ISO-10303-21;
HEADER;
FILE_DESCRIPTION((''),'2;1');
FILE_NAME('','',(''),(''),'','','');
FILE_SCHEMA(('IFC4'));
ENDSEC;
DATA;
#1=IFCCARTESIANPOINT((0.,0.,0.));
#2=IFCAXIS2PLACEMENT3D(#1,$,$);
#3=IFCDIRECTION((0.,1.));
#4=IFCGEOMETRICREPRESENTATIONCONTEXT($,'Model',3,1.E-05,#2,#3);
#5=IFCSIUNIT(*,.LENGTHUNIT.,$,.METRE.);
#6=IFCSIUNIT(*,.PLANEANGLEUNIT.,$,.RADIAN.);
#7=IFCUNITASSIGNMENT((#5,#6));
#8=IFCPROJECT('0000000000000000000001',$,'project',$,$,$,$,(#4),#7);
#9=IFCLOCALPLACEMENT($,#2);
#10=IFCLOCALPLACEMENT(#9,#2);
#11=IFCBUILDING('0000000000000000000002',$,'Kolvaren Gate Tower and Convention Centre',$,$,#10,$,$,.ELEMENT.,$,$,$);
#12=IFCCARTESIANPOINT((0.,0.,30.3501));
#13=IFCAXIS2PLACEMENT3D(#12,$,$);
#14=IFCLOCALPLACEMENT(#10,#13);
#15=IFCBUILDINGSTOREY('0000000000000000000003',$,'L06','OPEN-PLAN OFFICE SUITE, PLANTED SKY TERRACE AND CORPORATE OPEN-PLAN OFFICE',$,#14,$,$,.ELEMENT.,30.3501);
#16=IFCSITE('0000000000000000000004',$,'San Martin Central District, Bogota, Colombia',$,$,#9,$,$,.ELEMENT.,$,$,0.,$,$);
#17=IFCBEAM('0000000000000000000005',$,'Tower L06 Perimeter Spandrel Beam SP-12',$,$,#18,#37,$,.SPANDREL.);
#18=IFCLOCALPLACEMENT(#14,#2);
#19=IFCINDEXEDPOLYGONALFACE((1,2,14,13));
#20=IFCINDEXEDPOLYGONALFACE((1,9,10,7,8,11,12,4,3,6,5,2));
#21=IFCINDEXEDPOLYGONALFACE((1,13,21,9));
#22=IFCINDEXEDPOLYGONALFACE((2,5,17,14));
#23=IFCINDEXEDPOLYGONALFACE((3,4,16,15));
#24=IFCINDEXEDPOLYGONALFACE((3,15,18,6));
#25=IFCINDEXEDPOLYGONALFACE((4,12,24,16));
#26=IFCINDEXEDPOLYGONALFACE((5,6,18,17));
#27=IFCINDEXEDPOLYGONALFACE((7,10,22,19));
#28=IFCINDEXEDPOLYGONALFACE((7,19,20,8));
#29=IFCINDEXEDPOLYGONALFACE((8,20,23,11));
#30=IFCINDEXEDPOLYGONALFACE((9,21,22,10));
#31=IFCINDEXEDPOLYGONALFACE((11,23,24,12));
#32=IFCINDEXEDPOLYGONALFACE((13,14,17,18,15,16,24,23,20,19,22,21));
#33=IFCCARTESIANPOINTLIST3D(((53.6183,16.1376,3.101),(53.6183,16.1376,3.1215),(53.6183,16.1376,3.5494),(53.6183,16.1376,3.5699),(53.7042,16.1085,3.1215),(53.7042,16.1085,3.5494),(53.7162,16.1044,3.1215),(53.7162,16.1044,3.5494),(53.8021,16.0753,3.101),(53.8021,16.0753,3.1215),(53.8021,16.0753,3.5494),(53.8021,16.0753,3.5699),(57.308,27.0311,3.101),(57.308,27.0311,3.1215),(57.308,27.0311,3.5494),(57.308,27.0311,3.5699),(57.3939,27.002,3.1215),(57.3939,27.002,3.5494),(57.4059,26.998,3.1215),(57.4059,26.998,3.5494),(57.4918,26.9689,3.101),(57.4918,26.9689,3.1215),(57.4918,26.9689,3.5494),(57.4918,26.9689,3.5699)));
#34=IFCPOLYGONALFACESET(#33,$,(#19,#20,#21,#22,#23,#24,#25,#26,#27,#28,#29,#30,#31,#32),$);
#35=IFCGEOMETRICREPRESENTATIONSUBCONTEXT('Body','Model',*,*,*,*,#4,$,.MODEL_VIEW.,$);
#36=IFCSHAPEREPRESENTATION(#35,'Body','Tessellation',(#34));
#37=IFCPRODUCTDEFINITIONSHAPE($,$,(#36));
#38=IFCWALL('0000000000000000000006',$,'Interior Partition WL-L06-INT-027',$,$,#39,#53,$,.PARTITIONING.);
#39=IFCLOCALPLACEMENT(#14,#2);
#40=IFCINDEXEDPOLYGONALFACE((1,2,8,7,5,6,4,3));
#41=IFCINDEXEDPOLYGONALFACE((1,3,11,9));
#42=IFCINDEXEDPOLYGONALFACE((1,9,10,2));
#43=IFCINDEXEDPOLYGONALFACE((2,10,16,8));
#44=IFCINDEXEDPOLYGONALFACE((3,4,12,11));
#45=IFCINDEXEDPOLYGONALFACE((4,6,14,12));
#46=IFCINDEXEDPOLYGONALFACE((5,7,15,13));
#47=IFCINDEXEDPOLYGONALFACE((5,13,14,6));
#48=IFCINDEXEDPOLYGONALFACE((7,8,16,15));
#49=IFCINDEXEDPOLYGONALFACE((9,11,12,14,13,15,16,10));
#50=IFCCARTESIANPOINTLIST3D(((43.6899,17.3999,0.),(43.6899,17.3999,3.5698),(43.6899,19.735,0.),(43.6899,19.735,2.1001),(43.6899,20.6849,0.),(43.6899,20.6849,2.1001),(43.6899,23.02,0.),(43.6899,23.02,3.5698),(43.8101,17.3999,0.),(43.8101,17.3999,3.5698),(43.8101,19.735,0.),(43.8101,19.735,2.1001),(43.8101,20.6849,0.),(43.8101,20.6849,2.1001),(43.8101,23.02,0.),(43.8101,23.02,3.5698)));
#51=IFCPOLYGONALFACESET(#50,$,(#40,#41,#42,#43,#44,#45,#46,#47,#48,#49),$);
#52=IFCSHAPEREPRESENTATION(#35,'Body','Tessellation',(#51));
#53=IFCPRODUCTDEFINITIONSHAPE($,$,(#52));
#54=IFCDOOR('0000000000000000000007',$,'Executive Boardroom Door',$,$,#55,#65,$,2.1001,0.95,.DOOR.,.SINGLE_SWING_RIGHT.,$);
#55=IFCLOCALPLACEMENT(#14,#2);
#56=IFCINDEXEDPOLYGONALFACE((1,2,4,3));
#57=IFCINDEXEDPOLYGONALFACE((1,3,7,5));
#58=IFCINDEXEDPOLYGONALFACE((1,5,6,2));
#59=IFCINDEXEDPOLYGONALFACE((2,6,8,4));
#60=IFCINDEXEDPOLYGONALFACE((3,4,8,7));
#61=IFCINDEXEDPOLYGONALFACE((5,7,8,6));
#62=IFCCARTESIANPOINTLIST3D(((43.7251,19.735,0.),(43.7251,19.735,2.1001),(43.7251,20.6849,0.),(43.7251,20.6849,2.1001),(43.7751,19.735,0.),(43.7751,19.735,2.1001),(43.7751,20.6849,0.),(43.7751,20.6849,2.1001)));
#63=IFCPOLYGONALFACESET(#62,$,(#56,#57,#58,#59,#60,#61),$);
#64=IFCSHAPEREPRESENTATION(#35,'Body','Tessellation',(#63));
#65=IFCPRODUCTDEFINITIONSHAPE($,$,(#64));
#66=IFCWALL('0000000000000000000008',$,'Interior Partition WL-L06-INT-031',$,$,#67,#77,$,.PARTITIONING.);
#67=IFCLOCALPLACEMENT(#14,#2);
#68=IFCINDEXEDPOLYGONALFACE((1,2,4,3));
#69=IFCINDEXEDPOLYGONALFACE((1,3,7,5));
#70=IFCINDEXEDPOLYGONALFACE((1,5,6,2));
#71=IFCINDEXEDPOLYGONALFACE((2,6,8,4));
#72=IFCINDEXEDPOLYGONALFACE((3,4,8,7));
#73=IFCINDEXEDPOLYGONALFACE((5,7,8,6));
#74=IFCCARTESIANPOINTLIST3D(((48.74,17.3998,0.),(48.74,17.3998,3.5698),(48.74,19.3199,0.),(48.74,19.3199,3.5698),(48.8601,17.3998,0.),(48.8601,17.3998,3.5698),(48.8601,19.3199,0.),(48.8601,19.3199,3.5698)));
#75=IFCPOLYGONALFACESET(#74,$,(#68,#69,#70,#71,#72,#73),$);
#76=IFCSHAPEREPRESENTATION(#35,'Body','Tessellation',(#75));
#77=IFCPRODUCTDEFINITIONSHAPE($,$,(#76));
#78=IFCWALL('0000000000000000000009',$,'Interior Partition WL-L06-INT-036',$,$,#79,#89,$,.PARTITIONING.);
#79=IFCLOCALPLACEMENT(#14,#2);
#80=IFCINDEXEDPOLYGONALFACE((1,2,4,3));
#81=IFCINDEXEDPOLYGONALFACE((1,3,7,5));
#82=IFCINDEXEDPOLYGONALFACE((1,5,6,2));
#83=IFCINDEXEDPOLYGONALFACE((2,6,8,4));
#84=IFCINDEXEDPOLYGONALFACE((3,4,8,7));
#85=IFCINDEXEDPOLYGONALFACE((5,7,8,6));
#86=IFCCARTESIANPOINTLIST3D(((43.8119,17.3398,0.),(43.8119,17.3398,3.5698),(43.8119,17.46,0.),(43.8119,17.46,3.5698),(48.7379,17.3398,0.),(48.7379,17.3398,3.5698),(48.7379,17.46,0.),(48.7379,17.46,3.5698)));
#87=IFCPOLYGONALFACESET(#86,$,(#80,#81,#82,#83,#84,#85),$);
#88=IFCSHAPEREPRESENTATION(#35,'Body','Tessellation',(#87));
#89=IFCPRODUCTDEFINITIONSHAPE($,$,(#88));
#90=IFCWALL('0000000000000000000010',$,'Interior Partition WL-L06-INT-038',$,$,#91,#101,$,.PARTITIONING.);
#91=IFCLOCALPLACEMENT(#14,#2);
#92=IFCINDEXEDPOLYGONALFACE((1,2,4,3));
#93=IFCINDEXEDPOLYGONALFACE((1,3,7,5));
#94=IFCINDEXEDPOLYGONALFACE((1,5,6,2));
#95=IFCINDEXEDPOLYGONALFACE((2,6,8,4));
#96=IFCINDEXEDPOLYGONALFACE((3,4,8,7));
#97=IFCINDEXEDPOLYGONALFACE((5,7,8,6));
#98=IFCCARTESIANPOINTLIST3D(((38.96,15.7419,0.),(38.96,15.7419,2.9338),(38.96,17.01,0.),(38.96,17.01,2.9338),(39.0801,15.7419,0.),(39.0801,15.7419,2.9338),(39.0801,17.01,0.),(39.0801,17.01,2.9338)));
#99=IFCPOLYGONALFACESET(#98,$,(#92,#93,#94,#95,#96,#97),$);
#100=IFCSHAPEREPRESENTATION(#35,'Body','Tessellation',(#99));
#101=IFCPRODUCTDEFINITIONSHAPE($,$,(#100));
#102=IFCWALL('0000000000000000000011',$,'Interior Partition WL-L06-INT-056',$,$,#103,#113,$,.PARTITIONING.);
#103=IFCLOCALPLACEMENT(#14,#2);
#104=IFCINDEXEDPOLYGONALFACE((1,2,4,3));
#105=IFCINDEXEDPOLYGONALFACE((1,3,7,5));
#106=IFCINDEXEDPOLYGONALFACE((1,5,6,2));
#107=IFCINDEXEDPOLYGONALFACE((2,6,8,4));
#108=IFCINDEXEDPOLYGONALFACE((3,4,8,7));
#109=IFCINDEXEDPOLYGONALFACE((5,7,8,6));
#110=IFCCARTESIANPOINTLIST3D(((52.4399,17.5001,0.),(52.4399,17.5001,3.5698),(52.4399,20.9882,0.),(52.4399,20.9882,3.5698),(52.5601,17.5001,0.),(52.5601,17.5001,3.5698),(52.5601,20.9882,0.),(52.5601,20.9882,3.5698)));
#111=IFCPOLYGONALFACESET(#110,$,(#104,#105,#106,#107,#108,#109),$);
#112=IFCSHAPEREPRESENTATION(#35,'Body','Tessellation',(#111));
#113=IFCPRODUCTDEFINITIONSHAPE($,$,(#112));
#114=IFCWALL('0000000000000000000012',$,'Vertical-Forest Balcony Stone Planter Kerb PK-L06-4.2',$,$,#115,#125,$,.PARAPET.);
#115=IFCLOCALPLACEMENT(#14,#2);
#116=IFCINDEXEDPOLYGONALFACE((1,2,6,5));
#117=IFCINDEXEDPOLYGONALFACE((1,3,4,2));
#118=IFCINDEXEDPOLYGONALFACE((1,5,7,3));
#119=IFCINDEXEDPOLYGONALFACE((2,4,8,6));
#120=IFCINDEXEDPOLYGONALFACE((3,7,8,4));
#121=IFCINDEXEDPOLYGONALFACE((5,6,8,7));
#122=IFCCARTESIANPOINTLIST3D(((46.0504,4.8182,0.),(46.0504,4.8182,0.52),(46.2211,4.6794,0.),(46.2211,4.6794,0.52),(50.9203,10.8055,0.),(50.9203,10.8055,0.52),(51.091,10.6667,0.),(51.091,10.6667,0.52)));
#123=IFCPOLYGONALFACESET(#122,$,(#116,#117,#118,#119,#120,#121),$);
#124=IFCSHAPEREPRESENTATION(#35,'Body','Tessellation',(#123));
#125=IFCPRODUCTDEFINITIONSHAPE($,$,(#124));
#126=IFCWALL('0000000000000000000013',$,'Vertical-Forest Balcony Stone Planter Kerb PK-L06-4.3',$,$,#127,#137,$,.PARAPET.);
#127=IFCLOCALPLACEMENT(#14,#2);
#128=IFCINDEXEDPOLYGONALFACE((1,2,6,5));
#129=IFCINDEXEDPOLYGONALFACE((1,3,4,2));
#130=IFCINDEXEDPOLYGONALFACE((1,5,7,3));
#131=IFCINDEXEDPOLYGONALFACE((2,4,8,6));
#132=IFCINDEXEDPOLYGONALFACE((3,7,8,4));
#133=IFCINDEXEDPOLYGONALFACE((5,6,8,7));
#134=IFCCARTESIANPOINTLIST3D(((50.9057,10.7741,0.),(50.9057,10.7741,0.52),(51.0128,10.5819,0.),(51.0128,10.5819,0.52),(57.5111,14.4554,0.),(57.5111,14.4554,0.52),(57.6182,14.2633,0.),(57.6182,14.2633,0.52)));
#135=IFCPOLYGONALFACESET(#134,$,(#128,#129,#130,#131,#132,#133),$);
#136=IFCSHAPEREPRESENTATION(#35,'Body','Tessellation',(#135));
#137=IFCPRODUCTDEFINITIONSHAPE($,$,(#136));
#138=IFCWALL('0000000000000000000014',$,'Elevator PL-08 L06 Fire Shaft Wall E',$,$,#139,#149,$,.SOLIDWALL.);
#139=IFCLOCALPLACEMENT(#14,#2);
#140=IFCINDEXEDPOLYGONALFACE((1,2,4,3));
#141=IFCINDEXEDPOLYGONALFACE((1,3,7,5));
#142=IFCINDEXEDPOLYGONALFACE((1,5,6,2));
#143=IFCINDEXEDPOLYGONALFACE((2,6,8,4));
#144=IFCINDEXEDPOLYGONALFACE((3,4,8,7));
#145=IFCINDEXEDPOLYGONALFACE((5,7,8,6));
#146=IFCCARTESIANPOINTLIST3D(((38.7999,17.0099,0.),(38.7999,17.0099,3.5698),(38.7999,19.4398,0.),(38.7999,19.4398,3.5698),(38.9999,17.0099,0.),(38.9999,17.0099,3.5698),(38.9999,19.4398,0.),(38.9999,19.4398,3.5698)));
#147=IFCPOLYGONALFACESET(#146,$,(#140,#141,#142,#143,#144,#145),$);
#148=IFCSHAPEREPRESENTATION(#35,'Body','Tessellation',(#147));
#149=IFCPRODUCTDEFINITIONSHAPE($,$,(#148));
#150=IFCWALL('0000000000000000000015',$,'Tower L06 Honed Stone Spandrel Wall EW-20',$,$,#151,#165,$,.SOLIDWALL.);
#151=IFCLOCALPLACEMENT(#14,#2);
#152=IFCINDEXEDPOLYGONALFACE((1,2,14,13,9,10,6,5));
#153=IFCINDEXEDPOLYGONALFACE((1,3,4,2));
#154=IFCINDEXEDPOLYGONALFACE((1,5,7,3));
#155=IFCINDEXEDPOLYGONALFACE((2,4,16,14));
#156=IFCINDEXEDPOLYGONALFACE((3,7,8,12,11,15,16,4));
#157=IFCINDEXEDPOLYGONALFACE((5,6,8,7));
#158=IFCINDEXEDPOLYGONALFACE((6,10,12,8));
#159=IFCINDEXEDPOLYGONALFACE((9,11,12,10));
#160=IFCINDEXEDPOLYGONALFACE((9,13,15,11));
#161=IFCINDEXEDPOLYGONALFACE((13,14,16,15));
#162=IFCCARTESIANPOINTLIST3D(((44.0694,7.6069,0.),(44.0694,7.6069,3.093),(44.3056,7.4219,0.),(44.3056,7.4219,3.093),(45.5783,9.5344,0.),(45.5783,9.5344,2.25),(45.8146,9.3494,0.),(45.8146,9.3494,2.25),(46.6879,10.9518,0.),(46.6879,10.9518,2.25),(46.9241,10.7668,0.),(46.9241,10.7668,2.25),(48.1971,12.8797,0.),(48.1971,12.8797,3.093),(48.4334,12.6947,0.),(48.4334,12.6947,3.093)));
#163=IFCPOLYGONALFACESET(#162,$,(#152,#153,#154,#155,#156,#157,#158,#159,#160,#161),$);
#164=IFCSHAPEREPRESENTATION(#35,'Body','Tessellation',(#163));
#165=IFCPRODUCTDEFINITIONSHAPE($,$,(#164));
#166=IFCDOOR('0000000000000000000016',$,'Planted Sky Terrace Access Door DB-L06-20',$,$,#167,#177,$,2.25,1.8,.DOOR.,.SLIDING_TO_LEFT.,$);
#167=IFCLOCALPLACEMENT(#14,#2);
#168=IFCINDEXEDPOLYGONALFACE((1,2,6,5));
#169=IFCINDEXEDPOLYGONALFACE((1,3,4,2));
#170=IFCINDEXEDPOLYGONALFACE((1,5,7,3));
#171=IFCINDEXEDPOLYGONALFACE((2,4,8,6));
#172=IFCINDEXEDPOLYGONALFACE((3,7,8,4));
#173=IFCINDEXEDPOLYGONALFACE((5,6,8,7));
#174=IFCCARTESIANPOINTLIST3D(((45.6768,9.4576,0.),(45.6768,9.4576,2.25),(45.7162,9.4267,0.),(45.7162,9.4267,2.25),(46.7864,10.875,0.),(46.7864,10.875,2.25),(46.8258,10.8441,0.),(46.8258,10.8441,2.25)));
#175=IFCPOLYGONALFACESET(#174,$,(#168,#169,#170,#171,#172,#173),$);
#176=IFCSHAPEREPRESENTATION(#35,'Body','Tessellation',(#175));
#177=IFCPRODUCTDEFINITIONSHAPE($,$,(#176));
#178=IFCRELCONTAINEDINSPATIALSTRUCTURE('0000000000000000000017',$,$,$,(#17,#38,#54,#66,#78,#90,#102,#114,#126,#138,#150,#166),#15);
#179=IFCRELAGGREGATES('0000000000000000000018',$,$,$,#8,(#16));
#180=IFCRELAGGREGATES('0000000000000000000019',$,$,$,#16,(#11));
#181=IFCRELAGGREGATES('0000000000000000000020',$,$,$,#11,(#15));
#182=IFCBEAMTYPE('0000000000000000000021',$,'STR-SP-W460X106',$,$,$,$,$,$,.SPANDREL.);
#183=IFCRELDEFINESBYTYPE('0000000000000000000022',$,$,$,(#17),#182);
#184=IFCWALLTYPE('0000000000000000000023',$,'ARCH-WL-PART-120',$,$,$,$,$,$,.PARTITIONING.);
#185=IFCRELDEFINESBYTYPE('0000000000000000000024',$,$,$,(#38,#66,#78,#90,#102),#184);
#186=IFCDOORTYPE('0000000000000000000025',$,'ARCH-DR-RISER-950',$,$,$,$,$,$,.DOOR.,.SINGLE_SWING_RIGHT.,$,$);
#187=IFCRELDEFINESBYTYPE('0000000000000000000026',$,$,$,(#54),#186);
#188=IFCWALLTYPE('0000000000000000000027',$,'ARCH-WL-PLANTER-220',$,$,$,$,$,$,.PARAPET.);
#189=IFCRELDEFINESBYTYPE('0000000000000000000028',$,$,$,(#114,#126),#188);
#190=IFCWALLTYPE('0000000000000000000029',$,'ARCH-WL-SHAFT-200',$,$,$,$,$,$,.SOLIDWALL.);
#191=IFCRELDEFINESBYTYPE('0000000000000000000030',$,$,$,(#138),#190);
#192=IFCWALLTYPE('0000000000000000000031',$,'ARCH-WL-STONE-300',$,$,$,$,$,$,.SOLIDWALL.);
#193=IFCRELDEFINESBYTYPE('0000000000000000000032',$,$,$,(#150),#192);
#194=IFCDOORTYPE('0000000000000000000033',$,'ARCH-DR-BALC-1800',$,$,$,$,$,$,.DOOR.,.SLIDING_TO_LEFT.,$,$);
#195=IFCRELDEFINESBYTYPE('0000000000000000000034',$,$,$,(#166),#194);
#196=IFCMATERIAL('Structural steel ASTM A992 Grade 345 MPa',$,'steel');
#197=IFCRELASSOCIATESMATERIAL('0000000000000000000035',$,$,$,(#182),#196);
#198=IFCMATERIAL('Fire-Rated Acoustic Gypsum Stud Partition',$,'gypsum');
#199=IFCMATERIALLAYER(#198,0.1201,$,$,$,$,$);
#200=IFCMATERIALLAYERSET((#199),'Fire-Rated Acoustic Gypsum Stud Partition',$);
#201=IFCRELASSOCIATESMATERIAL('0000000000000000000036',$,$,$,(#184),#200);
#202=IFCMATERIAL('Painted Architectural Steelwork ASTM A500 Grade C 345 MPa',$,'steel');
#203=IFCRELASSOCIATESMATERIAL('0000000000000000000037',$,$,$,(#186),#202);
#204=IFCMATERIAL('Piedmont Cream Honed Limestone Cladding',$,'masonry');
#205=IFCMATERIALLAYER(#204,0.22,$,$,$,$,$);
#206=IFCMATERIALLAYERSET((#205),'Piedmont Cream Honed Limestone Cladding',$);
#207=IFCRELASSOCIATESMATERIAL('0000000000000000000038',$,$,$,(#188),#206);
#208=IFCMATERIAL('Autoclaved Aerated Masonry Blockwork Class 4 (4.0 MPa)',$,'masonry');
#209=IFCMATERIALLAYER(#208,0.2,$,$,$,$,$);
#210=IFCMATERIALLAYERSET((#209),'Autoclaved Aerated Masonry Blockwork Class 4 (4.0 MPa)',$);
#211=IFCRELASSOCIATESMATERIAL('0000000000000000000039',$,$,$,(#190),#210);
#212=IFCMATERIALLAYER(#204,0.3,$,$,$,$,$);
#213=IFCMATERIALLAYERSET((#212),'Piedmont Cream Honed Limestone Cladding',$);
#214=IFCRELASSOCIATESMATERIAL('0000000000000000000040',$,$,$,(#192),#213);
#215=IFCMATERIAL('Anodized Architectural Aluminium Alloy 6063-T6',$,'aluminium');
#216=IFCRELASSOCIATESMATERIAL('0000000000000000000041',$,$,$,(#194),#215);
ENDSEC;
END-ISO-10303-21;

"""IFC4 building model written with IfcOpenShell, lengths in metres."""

from ifc_helpers import new_model, si_unit, direction, frame, frame_2d, origin, origin_2d, place, context, subcontext, project, spatial, rectangle, i_section, extrude, material, layer, layer_set, material_profile, profile_set, type_object, element, fill, save


model = new_model("IFC4")

# Units and contexts
model_context = context("Model", 3, precision=1e-05, world=origin(), true_north=direction((0.0, 1.0)))
body_context = subcontext(model_context, "Body", "Model", "MODEL_VIEW")
ifc_project = project(units=[si_unit("LENGTHUNIT", "METRE"), si_unit("PLANEANGLEUNIT", "RADIAN")], contexts=[model_context])

# Site, building, storey
site_placement = place(None, origin())
site = spatial("IfcSite", under=ifc_project, at=site_placement, Name="San Martin Central District, Bogota, Colombia", CompositionType="ELEMENT", RefElevation=0.0)
building_placement = place(site_placement, origin())
building = spatial("IfcBuilding", under=site, at=building_placement, Name="Kolvaren Gate Tower and Convention Centre", CompositionType="ELEMENT")
storey_placement = place(building_placement, frame((0.0, 0.0, 30.3501)))
storey = spatial("IfcBuildingStorey", under=building, at=storey_placement, Name="L06", Description="OPEN-PLAN OFFICE SUITE, PLANTED SKY TERRACE AND CORPORATE OPEN-PLAN OFFICE", CompositionType="ELEMENT", Elevation=30.3501)

# Beam
ifc_material_1 = material(Name="Structural steel ASTM A992 Grade 345 MPa", Category="steel")
ifc_material_profile_1 = material_profile(ifc_material_1, i_section(OverallWidth=0.1941, OverallDepth=0.469, WebThickness=0.0127, FlangeThickness=0.0205, at=origin_2d()), Name="W460X106")
ifc_profile_set_1 = profile_set([ifc_material_profile_1], Name="Structural steel ASTM A992 Grade 345 MPa")
beam_type_1 = type_object("IfcBeamType", Name="STR-SP-W460X106", PredefinedType="SPANDREL", material=ifc_profile_set_1)
beam_1_placement = place(storey_placement, frame((53.7102, 16.1064, 3.3354), z_axis=(0.320803, 0.947146, 0.0), x_axis=(-0.947146, 0.320803, 0.0)))
element("IfcBeam", 1, at=beam_1_placement, inside=storey, type_object=beam_type_1, Name="Tower L06 Perimeter Spandrel Beam SP-12", PredefinedType="SPANDREL", context=body_context, shape_type="SweptSolid", body=[
    extrude(i_section(OverallWidth=0.1941, OverallDepth=0.469, WebThickness=0.0127, FlangeThickness=0.0205, at=origin_2d()), origin(), (0.0, 0.0, 1.0), 11.5015),
])

# Wall, opening, door
ifc_material_2 = material(Name="Fire-Rated Acoustic Gypsum Stud Partition", Category="gypsum")
ifc_layer_1 = layer(ifc_material_2, 0.1201)
ifc_layer_set_1 = layer_set([ifc_layer_1], Name="Fire-Rated Acoustic Gypsum Stud Partition")
wall_type_1 = type_object("IfcWallType", Name="ARCH-WL-PART-120", PredefinedType="PARTITIONING", material=ifc_layer_set_1)
wall_1_placement = place(storey_placement, frame((43.75, 17.3999, 0.0), z_axis=(0.0, 0.0, 1.0), x_axis=(0.0, 1.0, 0.0)))
wall_1 = element("IfcWall", 2, at=wall_1_placement, inside=storey, type_object=wall_type_1, Name="Interior Partition WL-L06-INT-027", PredefinedType="PARTITIONING", context=body_context, shape_type="SweptSolid", body=[
    extrude(rectangle(XDim=5.6201, YDim=0.1201, at=frame_2d((2.8101, 0.0))), origin(), (0.0, 0.0, 1.0), 3.5698),
])
opening_1_placement = place(wall_1_placement, frame((2.335, 0.0, 0.0)))
opening_1 = element("IfcOpeningElement", 3, at=opening_1_placement, cuts=wall_1, PredefinedType="OPENING", context=body_context, shape_type="SweptSolid", body=[
    extrude(rectangle(XDim=0.95, YDim=2.1001, at=frame_2d((0.4751, 1.05))), frame((0.0, 0.0701, 0.0), z_axis=(0.0, -1.0, 0.0), x_axis=(1.0, 0.0, 0.0)), (0.0, 0.0, 1.0), 0.1401),
])
ifc_material_3 = material(Name="Painted Architectural Steelwork ASTM A500 Grade C 345 MPa", Category="steel")
door_type_1 = type_object("IfcDoorType", Name="ARCH-DR-RISER-950", OperationType="SINGLE_SWING_RIGHT", PredefinedType="DOOR", material=ifc_material_3)
door_1_placement = place(opening_1_placement, origin())
door_1 = element("IfcDoor", 4, at=door_1_placement, inside=storey, type_object=door_type_1, Name="Executive Boardroom Door", OperationType="SINGLE_SWING_RIGHT", OverallHeight=2.1001, OverallWidth=0.95, PredefinedType="DOOR", context=body_context, shape_type="SweptSolid", body=[
    extrude(rectangle(XDim=0.95, YDim=2.1001, at=frame_2d((0.4751, 1.05))), frame((0.0, 0.0249, 0.0), z_axis=(0.0, -1.0, 0.0), x_axis=(1.0, 0.0, 0.0)), (0.0, 0.0, 1.0), 0.05),
])
fill(opening_1, door_1)

# Walls
wall_2_placement = place(storey_placement, frame((48.8, 17.3999, 0.0), z_axis=(0.0, 0.0, 1.0), x_axis=(0.0, 1.0, 0.0)))
element("IfcWall", 5, at=wall_2_placement, inside=storey, type_object=wall_type_1, Name="Interior Partition WL-L06-INT-031", PredefinedType="PARTITIONING", context=body_context, shape_type="SweptSolid", body=[
    extrude(rectangle(XDim=1.9202, YDim=0.1201, at=frame_2d((0.96, 0.0))), origin(), (0.0, 0.0, 1.0), 3.5698),
])
wall_3_placement = place(storey_placement, frame((43.812, 17.3999, 0.0), z_axis=(0.0, 0.0, 1.0), x_axis=(1.0, 0.0, 0.0)))
element("IfcWall", 6, at=wall_3_placement, inside=storey, type_object=wall_type_1, Name="Interior Partition WL-L06-INT-036", PredefinedType="PARTITIONING", context=body_context, shape_type="SweptSolid", body=[
    extrude(rectangle(XDim=4.926, YDim=0.1201, at=frame_2d((2.4629, 0.0))), origin(), (0.0, 0.0, 1.0), 3.5698),
])
wall_4_placement = place(storey_placement, frame((39.02, 15.7419, 0.0), z_axis=(0.0, 0.0, 1.0), x_axis=(0.0, 1.0, 0.0)))
element("IfcWall", 7, at=wall_4_placement, inside=storey, type_object=wall_type_1, Name="Interior Partition WL-L06-INT-038", PredefinedType="PARTITIONING", context=body_context, shape_type="SweptSolid", body=[
    extrude(rectangle(XDim=1.2681, YDim=0.1201, at=frame_2d((0.634, 0.0))), origin(), (0.0, 0.0, 1.0), 2.9338),
])
wall_5_placement = place(storey_placement, frame((52.5, 17.5, 0.0), z_axis=(0.0, 0.0, 1.0), x_axis=(0.0, 1.0, 0.0)))
element("IfcWall", 8, at=wall_5_placement, inside=storey, type_object=wall_type_1, Name="Interior Partition WL-L06-INT-056", PredefinedType="PARTITIONING", context=body_context, shape_type="SweptSolid", body=[
    extrude(rectangle(XDim=3.488, YDim=0.1201, at=frame_2d((1.7441, 0.0))), origin(), (0.0, 0.0, 1.0), 3.5698),
])
ifc_material_4 = material(Name="Piedmont Cream Honed Limestone Cladding", Category="masonry")
ifc_layer_2 = layer(ifc_material_4, 0.22)
ifc_layer_set_2 = layer_set([ifc_layer_2], Name="Piedmont Cream Honed Limestone Cladding")
wall_type_2 = type_object("IfcWallType", Name="ARCH-WL-PLANTER-220", PredefinedType="PARAPET", material=ifc_layer_set_2)
wall_6_placement = place(storey_placement, frame((46.1357, 4.7488, 0.0), z_axis=(0.0, 0.0, 1.0), x_axis=(0.630997, 0.775785, 0.0)))
element("IfcWall", 9, at=wall_6_placement, inside=storey, type_object=wall_type_2, Name="Vertical-Forest Balcony Stone Planter Kerb PK-L06-4.2", PredefinedType="PARAPET", context=body_context, shape_type="SweptSolid", body=[
    extrude(rectangle(XDim=7.7178, YDim=0.22, at=frame_2d((3.8589, 0.0))), origin(), (0.0, 0.0, 1.0), 0.52),
])
wall_7_placement = place(storey_placement, frame((50.9592, 10.678, 0.0), z_axis=(0.0, 0.0, 1.0), x_axis=(0.8735, 0.486824, 0.0)))
element("IfcWall", 10, at=wall_7_placement, inside=storey, type_object=wall_type_2, Name="Vertical-Forest Balcony Stone Planter Kerb PK-L06-4.3", PredefinedType="PARAPET", context=body_context, shape_type="SweptSolid", body=[
    extrude(rectangle(XDim=7.562, YDim=0.22, at=frame_2d((3.781, 0.0))), origin(), (0.0, 0.0, 1.0), 0.52),
])
ifc_material_5 = material(Name="Autoclaved Aerated Masonry Blockwork Class 4 (4.0 MPa)", Category="masonry")
ifc_layer_3 = layer(ifc_material_5, 0.2)
ifc_layer_set_3 = layer_set([ifc_layer_3], Name="Autoclaved Aerated Masonry Blockwork Class 4 (4.0 MPa)")
wall_type_3 = type_object("IfcWallType", Name="ARCH-WL-SHAFT-200", PredefinedType="SOLIDWALL", material=ifc_layer_set_3)
wall_8_placement = place(storey_placement, frame((38.8999, 17.01, 0.0), z_axis=(0.0, 0.0, 1.0), x_axis=(0.0, 1.0, 0.0)))
element("IfcWall", 11, at=wall_8_placement, inside=storey, type_object=wall_type_3, Name="Elevator PL-08 L06 Fire Shaft Wall E", PredefinedType="SOLIDWALL", context=body_context, shape_type="SweptSolid", body=[
    extrude(rectangle(XDim=2.4299, YDim=0.2, at=frame_2d((1.2148, 0.0))), origin(), (0.0, 0.0, 1.0), 3.5698),
])

# Wall, opening, door
ifc_layer_4 = layer(ifc_material_4, 0.3)
ifc_layer_set_4 = layer_set([ifc_layer_4], Name="Piedmont Cream Honed Limestone Cladding")
wall_type_4 = type_object("IfcWallType", Name="ARCH-WL-STONE-300", PredefinedType="SOLIDWALL", material=ifc_layer_set_4)
wall_9_placement = place(storey_placement, frame((44.1875, 7.5144, 0.0), z_axis=(0.0, 0.0, 1.0), x_axis=(0.616421, 0.787417, 0.0)))
wall_9 = element("IfcWall", 12, at=wall_9_placement, inside=storey, type_object=wall_type_4, Name="Tower L06 Honed Stone Spandrel Wall EW-20", PredefinedType="SOLIDWALL", context=body_context, shape_type="SweptSolid", body=[
    extrude(rectangle(XDim=6.6963, YDim=0.3, at=frame_2d((3.3481, 0.0))), origin(), (0.0, 0.0, 1.0), 3.093),
])
opening_2_placement = place(wall_9_placement, frame((2.448, 0.0, 0.0)))
opening_2 = element("IfcOpeningElement", 13, at=opening_2_placement, cuts=wall_9, PredefinedType="OPENING", context=body_context, shape_type="SweptSolid", body=[
    extrude(rectangle(XDim=1.8, YDim=2.25, at=frame_2d((0.8999, 1.125))), frame((0.0, 0.1599, 0.0), z_axis=(0.0, -1.0, 0.0), x_axis=(1.0, 0.0, 0.0)), (0.0, 0.0, 1.0), 0.3201),
])
ifc_material_6 = material(Name="Anodized Architectural Aluminium Alloy 6063-T6", Category="aluminium")
door_type_2 = type_object("IfcDoorType", Name="ARCH-DR-BALC-1800", OperationType="SLIDING_TO_LEFT", PredefinedType="DOOR", material=ifc_material_6)
door_2_placement = place(opening_2_placement, frame((1.8, 0.0, 0.0), z_axis=(0.0, 0.0, 1.0), x_axis=(-1.0, 0.0, 0.0)))
door_2 = element("IfcDoor", 14, at=door_2_placement, inside=storey, type_object=door_type_2, Name="Planted Sky Terrace Access Door DB-L06-20", OperationType="SLIDING_TO_LEFT", OverallHeight=2.25, OverallWidth=1.8, PredefinedType="DOOR", context=body_context, shape_type="SweptSolid", body=[
    extrude(rectangle(XDim=1.8, YDim=2.25, at=frame_2d((0.8999, 1.125))), frame((0.0, 0.0249, 0.0), z_axis=(0.0, -1.0, 0.0), x_axis=(1.0, 0.0, 0.0)), (0.0, 0.0, 1.0), 0.05),
])
fill(opening_2, door_2)

save(model, "model.ifc")
